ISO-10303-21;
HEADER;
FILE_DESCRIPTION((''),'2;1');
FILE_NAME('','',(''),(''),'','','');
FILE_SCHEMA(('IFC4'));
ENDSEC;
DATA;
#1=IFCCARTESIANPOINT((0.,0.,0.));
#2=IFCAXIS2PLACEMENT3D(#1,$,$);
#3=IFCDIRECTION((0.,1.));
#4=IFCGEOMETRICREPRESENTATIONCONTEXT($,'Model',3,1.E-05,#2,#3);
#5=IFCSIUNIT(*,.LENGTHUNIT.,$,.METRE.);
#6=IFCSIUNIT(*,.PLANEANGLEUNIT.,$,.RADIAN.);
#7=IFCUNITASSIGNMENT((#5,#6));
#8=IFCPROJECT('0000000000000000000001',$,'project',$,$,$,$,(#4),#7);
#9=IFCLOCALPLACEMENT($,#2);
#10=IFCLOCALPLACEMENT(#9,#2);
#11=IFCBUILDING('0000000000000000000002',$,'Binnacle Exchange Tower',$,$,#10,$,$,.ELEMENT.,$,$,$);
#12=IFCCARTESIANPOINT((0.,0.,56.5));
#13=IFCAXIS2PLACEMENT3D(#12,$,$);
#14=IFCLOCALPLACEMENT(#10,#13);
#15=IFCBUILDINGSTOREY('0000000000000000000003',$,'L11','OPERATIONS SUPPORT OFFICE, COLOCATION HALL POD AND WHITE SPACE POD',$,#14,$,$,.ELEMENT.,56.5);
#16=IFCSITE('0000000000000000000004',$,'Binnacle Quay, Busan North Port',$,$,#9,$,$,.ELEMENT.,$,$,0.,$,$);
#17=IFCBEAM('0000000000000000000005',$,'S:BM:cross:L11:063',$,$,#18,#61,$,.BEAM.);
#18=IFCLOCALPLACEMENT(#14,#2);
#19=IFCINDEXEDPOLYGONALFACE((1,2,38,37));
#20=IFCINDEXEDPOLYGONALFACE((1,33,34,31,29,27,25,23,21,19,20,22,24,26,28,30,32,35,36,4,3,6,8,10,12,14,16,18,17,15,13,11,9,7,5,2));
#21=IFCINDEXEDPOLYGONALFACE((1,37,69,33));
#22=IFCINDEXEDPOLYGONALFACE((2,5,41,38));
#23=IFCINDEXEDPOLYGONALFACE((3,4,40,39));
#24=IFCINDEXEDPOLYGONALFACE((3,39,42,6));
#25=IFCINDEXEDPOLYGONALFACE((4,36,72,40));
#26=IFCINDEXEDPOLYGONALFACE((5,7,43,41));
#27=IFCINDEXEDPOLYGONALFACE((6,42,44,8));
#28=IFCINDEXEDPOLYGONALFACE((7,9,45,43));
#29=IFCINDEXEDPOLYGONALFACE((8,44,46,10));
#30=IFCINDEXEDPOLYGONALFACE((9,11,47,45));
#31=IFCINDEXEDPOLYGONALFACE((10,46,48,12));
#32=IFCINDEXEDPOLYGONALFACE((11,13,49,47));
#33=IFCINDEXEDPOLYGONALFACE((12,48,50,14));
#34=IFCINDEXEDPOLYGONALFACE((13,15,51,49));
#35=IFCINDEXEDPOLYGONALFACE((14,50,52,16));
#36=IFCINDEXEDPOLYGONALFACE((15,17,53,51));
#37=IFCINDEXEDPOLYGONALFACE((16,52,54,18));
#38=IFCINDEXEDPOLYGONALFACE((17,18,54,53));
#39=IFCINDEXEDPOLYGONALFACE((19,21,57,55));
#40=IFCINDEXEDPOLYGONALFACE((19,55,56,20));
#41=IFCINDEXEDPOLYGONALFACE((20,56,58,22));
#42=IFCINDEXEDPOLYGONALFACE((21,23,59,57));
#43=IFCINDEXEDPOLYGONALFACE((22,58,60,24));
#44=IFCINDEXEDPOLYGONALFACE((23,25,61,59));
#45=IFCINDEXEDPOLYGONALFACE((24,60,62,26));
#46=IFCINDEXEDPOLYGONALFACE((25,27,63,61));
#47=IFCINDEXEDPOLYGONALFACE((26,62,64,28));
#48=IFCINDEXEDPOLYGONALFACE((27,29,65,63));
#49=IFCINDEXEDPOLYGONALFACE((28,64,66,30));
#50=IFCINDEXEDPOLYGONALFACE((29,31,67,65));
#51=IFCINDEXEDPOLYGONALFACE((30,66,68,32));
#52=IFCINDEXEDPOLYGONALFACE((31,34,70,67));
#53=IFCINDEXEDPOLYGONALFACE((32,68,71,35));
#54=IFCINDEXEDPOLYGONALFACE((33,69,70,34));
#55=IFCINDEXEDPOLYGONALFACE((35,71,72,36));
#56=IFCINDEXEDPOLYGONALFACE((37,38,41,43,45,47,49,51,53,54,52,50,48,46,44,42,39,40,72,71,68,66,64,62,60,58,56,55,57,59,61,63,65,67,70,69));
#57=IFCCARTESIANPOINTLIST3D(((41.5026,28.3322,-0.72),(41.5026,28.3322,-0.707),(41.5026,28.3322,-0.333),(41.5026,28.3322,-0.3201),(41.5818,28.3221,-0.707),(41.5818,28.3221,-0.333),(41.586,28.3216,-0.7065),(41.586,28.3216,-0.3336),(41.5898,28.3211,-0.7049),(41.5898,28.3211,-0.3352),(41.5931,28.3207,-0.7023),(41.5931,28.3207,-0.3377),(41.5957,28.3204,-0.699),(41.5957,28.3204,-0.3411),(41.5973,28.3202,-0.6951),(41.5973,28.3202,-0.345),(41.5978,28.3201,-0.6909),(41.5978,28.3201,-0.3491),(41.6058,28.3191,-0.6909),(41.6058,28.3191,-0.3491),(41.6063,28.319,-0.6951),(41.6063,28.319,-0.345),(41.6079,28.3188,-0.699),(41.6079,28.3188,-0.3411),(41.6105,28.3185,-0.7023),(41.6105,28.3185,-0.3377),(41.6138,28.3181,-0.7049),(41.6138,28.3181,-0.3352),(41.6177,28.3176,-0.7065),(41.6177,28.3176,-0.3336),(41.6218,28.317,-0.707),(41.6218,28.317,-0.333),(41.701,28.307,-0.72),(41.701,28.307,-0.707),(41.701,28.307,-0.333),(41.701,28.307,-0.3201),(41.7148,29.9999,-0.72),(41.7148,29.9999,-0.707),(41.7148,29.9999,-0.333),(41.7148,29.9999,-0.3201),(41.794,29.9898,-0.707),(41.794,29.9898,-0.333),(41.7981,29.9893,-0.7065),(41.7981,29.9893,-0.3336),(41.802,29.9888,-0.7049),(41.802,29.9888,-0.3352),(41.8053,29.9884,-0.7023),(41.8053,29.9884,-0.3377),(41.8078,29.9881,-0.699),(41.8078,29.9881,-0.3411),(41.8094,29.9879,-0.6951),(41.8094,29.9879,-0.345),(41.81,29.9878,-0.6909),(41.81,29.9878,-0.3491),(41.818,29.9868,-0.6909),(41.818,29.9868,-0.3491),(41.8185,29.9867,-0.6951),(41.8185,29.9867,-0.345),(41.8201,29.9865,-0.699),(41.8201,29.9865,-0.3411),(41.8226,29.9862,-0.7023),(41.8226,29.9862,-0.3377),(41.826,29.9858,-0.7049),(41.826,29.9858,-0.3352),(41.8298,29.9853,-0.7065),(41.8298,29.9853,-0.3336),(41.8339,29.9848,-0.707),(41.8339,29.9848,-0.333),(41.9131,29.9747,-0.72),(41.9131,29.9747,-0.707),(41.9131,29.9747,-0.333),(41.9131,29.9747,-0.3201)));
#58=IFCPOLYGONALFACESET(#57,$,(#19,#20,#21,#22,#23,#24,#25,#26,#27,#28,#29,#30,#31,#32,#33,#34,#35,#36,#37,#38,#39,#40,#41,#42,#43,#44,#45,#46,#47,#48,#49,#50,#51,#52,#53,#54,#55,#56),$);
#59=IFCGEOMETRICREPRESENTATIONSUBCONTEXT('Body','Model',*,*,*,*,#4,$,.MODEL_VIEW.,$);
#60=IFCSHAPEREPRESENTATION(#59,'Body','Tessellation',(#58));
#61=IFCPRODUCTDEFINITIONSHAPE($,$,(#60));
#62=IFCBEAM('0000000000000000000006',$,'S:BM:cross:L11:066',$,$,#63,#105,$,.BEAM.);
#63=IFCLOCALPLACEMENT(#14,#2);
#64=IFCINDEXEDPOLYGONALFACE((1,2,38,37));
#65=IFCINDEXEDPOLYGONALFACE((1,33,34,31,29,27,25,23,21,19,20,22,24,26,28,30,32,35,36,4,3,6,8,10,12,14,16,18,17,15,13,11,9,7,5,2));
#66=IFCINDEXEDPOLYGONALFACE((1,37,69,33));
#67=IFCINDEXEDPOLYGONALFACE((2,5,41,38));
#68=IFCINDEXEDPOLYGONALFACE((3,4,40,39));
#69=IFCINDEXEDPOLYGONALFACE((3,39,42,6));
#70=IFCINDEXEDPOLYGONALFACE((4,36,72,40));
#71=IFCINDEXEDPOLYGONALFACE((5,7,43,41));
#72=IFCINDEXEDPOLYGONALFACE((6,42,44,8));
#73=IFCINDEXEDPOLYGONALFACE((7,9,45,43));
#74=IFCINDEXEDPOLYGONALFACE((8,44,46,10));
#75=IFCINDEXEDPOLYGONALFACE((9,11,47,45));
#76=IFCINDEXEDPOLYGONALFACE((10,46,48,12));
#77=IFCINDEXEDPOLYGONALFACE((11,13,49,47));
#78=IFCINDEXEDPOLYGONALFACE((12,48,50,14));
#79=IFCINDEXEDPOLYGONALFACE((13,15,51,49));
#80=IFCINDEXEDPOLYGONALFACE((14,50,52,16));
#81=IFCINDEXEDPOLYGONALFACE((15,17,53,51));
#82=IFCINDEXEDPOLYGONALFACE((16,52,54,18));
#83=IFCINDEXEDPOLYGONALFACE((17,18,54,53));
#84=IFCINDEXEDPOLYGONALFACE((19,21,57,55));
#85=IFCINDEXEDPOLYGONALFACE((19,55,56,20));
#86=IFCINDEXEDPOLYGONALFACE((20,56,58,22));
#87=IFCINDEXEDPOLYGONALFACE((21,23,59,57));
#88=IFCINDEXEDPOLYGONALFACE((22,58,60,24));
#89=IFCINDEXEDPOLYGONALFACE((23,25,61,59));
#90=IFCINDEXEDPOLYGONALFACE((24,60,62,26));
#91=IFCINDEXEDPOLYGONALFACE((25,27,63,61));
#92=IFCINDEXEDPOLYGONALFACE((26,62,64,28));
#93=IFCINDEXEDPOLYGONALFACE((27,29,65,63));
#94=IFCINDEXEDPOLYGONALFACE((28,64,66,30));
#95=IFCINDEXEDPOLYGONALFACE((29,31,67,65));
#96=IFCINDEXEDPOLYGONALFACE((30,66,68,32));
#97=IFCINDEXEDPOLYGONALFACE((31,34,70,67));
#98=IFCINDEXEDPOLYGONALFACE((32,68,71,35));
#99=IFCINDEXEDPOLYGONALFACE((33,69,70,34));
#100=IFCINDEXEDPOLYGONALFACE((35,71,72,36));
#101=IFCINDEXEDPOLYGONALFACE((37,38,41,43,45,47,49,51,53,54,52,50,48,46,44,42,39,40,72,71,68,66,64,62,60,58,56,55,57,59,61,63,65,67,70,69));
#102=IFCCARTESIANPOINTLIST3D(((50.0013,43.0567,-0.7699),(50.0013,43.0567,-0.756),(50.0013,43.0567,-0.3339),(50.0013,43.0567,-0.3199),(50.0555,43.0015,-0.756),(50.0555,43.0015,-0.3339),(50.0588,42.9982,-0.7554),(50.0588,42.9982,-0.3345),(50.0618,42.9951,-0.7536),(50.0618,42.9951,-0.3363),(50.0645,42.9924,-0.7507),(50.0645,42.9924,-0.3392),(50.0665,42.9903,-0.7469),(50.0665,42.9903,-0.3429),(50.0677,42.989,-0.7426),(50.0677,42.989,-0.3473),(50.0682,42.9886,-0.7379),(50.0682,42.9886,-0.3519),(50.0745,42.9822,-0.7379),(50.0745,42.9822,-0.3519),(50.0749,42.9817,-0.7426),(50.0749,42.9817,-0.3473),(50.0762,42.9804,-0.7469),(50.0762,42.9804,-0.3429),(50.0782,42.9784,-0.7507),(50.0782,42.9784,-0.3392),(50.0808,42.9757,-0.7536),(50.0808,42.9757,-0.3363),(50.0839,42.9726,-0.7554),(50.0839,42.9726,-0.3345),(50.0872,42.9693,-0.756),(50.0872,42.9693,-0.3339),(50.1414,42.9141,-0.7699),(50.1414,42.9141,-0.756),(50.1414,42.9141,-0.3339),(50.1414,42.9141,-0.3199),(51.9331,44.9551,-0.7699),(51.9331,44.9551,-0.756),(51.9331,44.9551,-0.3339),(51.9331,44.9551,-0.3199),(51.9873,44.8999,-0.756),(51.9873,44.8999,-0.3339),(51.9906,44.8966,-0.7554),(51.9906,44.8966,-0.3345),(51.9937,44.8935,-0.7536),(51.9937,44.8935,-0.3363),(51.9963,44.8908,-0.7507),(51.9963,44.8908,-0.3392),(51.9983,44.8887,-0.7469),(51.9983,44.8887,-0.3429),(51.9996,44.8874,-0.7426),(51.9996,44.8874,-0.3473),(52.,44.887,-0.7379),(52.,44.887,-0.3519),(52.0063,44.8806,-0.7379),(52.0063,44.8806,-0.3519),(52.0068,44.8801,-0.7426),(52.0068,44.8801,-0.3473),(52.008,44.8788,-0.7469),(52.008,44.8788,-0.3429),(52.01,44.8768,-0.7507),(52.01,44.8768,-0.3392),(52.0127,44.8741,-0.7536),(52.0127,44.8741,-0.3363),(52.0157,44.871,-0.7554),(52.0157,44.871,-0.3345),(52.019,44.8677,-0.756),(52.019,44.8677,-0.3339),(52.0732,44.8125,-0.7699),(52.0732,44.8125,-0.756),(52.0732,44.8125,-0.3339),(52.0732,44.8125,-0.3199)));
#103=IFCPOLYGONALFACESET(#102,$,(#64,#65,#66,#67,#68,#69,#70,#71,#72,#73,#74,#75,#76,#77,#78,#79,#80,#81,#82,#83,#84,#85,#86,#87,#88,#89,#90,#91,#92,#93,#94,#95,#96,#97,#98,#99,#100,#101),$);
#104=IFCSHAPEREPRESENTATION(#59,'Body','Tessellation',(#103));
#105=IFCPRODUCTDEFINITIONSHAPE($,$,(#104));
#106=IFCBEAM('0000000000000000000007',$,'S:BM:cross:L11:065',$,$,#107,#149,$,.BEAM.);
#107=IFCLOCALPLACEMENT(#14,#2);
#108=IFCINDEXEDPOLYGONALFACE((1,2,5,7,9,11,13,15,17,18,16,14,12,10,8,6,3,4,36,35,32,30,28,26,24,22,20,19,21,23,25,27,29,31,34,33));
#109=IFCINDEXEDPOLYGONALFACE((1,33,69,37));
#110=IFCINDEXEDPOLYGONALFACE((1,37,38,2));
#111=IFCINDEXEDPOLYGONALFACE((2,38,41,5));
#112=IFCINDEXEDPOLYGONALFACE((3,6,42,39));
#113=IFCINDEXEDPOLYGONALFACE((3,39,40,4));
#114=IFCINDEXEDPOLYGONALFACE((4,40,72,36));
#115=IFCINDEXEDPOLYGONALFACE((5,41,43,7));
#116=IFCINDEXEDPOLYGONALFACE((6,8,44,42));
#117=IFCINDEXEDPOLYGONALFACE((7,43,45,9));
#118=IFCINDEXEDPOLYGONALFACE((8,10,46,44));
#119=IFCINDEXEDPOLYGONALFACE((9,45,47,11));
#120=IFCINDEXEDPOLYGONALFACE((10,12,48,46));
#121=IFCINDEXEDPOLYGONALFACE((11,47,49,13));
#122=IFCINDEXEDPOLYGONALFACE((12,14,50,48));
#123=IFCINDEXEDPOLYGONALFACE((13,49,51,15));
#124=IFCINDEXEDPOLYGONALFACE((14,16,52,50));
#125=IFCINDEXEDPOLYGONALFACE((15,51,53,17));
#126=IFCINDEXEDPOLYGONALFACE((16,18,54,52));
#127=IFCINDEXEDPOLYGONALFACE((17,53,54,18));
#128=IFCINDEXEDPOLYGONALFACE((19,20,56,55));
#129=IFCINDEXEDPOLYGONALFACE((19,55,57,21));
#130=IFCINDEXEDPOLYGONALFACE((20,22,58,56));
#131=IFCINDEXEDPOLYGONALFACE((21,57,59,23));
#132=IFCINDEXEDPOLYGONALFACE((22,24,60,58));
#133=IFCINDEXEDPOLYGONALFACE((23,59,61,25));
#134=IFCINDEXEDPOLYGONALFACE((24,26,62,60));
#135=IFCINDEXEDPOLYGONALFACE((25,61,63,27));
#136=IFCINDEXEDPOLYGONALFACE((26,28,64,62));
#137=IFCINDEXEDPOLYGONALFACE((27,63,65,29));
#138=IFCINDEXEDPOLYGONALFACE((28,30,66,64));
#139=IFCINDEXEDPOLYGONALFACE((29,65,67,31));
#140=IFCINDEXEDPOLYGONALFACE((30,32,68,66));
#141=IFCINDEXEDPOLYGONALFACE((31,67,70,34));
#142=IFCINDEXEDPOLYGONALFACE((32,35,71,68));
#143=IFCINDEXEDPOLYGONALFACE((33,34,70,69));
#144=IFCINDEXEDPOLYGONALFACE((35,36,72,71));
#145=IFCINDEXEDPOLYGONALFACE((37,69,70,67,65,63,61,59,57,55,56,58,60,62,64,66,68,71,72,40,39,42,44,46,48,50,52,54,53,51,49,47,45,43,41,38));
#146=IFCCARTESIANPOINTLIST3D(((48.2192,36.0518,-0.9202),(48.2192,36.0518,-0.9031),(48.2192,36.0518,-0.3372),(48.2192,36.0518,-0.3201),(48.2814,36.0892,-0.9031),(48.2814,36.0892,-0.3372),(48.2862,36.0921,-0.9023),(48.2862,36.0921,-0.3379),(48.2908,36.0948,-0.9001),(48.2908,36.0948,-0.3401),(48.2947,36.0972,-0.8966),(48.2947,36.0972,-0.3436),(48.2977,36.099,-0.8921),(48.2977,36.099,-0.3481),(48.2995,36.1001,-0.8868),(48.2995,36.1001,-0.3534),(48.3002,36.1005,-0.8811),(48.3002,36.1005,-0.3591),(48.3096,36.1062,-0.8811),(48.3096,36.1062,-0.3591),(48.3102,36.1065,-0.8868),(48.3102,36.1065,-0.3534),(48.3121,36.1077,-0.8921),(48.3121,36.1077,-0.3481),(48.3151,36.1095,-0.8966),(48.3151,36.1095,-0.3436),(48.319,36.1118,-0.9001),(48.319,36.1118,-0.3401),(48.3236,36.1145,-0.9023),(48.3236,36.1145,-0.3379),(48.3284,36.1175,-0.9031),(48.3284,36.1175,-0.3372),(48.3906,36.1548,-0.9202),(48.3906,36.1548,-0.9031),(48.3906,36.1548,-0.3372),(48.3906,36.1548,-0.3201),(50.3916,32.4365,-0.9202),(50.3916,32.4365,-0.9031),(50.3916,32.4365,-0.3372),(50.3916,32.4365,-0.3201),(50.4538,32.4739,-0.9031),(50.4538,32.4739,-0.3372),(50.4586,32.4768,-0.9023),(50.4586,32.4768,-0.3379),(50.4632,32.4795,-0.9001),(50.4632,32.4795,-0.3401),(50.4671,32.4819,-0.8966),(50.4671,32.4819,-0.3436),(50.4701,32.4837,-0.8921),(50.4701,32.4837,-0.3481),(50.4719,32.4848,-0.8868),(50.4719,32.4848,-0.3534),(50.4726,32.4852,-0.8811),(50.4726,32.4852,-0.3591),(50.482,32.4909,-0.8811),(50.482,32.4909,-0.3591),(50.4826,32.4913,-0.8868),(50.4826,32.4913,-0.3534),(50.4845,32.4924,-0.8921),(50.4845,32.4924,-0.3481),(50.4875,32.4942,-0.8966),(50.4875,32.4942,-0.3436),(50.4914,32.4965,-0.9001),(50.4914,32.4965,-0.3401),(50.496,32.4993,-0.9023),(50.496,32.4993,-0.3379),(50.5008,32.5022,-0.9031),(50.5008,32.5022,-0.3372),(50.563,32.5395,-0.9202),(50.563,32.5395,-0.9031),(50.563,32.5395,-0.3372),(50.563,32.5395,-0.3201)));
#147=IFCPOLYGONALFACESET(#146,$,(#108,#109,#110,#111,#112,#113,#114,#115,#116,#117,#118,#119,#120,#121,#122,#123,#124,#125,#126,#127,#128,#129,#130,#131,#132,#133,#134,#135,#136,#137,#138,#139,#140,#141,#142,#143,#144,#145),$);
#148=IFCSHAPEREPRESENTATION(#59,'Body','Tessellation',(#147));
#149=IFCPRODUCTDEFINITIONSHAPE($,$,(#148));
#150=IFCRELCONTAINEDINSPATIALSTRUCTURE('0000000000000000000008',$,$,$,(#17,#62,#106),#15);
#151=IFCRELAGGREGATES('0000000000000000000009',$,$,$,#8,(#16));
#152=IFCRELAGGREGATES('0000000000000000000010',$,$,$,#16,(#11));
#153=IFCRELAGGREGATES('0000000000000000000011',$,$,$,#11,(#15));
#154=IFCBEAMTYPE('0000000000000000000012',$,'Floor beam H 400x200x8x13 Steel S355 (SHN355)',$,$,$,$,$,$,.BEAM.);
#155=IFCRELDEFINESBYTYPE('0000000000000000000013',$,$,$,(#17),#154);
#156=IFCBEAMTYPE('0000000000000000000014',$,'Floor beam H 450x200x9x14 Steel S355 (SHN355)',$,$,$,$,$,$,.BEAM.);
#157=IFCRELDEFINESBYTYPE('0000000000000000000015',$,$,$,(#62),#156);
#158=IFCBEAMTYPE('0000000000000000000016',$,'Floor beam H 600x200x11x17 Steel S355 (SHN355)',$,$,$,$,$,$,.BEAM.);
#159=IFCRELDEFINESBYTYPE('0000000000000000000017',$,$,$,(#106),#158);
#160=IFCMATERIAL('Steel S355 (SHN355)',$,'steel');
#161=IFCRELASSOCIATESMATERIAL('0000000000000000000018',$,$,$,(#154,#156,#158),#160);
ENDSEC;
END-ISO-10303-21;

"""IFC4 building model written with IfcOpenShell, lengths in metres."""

from ifc_helpers import new_model, si_unit, direction, frame, origin, origin_2d, place, context, subcontext, project, spatial, i_section, extrude, material, material_profile, profile_set, type_object, element, save


model = new_model("IFC4")

# Units and contexts
model_context = context("Model", 3, precision=1e-05, world=origin(), true_north=direction((0.0, 1.0)))
body_context = subcontext(model_context, "Body", "Model", "MODEL_VIEW")
ifc_project = project(units=[si_unit("LENGTHUNIT", "METRE"), si_unit("PLANEANGLEUNIT", "RADIAN")], contexts=[model_context])

# Site, building, storey
site_placement = place(None, origin())
site = spatial("IfcSite", under=ifc_project, at=site_placement, Name="Binnacle Quay, Busan North Port", CompositionType="ELEMENT", RefElevation=0.0)
building_placement = place(site_placement, origin())
building = spatial("IfcBuilding", under=site, at=building_placement, Name="Binnacle Exchange Tower", CompositionType="ELEMENT")
storey_placement = place(building_placement, frame((0.0, 0.0, 56.5)))
storey = spatial("IfcBuildingStorey", under=building, at=storey_placement, Name="L11", Description="OPERATIONS SUPPORT OFFICE, COLOCATION HALL POD AND WHITE SPACE POD", CompositionType="ELEMENT", Elevation=56.5)

# Beams
ifc_material_1 = material(Name="Steel S355 (SHN355)", Category="steel")
ifc_material_profile_1 = material_profile(ifc_material_1, i_section(OverallWidth=0.2, OverallDepth=0.3999, WebThickness=0.0081, FlangeThickness=0.0129, FilletRadius=0.0161, at=origin_2d()), Name="H 400x200x8x13")
ifc_profile_set_1 = profile_set([ifc_material_profile_1], Name="Steel S355 (SHN355)")
beam_type_1 = type_object("IfcBeamType", Name="Floor beam H 400x200x8x13 Steel S355 (SHN355)", PredefinedType="BEAM", material=ifc_profile_set_1)
beam_1_placement = place(storey_placement, frame((41.6018, 28.3196, -0.52), z_axis=(0.126197, 0.992005, 0.0), x_axis=(-0.992005, 0.126197, 0.0)))
element("IfcBeam", 1, at=beam_1_placement, inside=storey, type_object=beam_type_1, Name="S:BM:cross:L11:063", PredefinedType="BEAM", context=body_context, shape_type="SweptSolid", body=[
    extrude(i_section(OverallWidth=0.2, OverallDepth=0.3999, WebThickness=0.0081, FlangeThickness=0.0129, FilletRadius=0.0161, at=origin_2d()), origin(), (0.0, 0.0, 1.0), 1.6812),
])
ifc_material_profile_2 = material_profile(ifc_material_1, i_section(OverallWidth=0.2, OverallDepth=0.45, WebThickness=0.009, FlangeThickness=0.0139, FilletRadius=0.0181, at=origin_2d()), Name="H 450x200x9x14")
ifc_profile_set_2 = profile_set([ifc_material_profile_2], Name="Steel S355 (SHN355)")
beam_type_2 = type_object("IfcBeamType", Name="Floor beam H 450x200x9x14 Steel S355 (SHN355)", PredefinedType="BEAM", material=ifc_profile_set_2)
beam_2_placement = place(storey_placement, frame((52.0032, 44.8838, -0.5449), z_axis=(-0.713254, -0.700905, 0.0), x_axis=(0.700905, -0.713254, 0.0)))
element("IfcBeam", 2, at=beam_2_placement, inside=storey, type_object=beam_type_2, Name="S:BM:cross:L11:066", PredefinedType="BEAM", context=body_context, shape_type="SweptSolid", body=[
    extrude(i_section(OverallWidth=0.2, OverallDepth=0.45, WebThickness=0.009, FlangeThickness=0.0139, FilletRadius=0.0181, at=origin_2d()), origin(), (0.0, 0.0, 1.0), 2.7085),
])
ifc_material_profile_3 = material_profile(ifc_material_1, i_section(OverallWidth=0.2, OverallDepth=0.6001, WebThickness=0.011, FlangeThickness=0.0171, FilletRadius=0.022, at=origin_2d()), Name="H 600x200x11x17")
ifc_profile_set_3 = profile_set([ifc_material_profile_3], Name="Steel S355 (SHN355)")
beam_type_3 = type_object("IfcBeamType", Name="Floor beam H 600x200x11x17 Steel S355 (SHN355)", PredefinedType="BEAM", material=ifc_profile_set_3)
beam_3_placement = place(storey_placement, frame((50.4773, 32.488, -0.6201), z_axis=(-0.515057, 0.857156, 0.0), x_axis=(-0.857156, -0.515057, 0.0)))
element("IfcBeam", 3, at=beam_3_placement, inside=storey, type_object=beam_type_3, Name="S:BM:cross:L11:065", PredefinedType="BEAM", context=body_context, shape_type="SweptSolid", body=[
    extrude(i_section(OverallWidth=0.2, OverallDepth=0.6001, WebThickness=0.011, FlangeThickness=0.0171, FilletRadius=0.022, at=origin_2d()), origin(), (0.0, 0.0, 1.0), 4.2178),
])

save(model, "model.ifc")
